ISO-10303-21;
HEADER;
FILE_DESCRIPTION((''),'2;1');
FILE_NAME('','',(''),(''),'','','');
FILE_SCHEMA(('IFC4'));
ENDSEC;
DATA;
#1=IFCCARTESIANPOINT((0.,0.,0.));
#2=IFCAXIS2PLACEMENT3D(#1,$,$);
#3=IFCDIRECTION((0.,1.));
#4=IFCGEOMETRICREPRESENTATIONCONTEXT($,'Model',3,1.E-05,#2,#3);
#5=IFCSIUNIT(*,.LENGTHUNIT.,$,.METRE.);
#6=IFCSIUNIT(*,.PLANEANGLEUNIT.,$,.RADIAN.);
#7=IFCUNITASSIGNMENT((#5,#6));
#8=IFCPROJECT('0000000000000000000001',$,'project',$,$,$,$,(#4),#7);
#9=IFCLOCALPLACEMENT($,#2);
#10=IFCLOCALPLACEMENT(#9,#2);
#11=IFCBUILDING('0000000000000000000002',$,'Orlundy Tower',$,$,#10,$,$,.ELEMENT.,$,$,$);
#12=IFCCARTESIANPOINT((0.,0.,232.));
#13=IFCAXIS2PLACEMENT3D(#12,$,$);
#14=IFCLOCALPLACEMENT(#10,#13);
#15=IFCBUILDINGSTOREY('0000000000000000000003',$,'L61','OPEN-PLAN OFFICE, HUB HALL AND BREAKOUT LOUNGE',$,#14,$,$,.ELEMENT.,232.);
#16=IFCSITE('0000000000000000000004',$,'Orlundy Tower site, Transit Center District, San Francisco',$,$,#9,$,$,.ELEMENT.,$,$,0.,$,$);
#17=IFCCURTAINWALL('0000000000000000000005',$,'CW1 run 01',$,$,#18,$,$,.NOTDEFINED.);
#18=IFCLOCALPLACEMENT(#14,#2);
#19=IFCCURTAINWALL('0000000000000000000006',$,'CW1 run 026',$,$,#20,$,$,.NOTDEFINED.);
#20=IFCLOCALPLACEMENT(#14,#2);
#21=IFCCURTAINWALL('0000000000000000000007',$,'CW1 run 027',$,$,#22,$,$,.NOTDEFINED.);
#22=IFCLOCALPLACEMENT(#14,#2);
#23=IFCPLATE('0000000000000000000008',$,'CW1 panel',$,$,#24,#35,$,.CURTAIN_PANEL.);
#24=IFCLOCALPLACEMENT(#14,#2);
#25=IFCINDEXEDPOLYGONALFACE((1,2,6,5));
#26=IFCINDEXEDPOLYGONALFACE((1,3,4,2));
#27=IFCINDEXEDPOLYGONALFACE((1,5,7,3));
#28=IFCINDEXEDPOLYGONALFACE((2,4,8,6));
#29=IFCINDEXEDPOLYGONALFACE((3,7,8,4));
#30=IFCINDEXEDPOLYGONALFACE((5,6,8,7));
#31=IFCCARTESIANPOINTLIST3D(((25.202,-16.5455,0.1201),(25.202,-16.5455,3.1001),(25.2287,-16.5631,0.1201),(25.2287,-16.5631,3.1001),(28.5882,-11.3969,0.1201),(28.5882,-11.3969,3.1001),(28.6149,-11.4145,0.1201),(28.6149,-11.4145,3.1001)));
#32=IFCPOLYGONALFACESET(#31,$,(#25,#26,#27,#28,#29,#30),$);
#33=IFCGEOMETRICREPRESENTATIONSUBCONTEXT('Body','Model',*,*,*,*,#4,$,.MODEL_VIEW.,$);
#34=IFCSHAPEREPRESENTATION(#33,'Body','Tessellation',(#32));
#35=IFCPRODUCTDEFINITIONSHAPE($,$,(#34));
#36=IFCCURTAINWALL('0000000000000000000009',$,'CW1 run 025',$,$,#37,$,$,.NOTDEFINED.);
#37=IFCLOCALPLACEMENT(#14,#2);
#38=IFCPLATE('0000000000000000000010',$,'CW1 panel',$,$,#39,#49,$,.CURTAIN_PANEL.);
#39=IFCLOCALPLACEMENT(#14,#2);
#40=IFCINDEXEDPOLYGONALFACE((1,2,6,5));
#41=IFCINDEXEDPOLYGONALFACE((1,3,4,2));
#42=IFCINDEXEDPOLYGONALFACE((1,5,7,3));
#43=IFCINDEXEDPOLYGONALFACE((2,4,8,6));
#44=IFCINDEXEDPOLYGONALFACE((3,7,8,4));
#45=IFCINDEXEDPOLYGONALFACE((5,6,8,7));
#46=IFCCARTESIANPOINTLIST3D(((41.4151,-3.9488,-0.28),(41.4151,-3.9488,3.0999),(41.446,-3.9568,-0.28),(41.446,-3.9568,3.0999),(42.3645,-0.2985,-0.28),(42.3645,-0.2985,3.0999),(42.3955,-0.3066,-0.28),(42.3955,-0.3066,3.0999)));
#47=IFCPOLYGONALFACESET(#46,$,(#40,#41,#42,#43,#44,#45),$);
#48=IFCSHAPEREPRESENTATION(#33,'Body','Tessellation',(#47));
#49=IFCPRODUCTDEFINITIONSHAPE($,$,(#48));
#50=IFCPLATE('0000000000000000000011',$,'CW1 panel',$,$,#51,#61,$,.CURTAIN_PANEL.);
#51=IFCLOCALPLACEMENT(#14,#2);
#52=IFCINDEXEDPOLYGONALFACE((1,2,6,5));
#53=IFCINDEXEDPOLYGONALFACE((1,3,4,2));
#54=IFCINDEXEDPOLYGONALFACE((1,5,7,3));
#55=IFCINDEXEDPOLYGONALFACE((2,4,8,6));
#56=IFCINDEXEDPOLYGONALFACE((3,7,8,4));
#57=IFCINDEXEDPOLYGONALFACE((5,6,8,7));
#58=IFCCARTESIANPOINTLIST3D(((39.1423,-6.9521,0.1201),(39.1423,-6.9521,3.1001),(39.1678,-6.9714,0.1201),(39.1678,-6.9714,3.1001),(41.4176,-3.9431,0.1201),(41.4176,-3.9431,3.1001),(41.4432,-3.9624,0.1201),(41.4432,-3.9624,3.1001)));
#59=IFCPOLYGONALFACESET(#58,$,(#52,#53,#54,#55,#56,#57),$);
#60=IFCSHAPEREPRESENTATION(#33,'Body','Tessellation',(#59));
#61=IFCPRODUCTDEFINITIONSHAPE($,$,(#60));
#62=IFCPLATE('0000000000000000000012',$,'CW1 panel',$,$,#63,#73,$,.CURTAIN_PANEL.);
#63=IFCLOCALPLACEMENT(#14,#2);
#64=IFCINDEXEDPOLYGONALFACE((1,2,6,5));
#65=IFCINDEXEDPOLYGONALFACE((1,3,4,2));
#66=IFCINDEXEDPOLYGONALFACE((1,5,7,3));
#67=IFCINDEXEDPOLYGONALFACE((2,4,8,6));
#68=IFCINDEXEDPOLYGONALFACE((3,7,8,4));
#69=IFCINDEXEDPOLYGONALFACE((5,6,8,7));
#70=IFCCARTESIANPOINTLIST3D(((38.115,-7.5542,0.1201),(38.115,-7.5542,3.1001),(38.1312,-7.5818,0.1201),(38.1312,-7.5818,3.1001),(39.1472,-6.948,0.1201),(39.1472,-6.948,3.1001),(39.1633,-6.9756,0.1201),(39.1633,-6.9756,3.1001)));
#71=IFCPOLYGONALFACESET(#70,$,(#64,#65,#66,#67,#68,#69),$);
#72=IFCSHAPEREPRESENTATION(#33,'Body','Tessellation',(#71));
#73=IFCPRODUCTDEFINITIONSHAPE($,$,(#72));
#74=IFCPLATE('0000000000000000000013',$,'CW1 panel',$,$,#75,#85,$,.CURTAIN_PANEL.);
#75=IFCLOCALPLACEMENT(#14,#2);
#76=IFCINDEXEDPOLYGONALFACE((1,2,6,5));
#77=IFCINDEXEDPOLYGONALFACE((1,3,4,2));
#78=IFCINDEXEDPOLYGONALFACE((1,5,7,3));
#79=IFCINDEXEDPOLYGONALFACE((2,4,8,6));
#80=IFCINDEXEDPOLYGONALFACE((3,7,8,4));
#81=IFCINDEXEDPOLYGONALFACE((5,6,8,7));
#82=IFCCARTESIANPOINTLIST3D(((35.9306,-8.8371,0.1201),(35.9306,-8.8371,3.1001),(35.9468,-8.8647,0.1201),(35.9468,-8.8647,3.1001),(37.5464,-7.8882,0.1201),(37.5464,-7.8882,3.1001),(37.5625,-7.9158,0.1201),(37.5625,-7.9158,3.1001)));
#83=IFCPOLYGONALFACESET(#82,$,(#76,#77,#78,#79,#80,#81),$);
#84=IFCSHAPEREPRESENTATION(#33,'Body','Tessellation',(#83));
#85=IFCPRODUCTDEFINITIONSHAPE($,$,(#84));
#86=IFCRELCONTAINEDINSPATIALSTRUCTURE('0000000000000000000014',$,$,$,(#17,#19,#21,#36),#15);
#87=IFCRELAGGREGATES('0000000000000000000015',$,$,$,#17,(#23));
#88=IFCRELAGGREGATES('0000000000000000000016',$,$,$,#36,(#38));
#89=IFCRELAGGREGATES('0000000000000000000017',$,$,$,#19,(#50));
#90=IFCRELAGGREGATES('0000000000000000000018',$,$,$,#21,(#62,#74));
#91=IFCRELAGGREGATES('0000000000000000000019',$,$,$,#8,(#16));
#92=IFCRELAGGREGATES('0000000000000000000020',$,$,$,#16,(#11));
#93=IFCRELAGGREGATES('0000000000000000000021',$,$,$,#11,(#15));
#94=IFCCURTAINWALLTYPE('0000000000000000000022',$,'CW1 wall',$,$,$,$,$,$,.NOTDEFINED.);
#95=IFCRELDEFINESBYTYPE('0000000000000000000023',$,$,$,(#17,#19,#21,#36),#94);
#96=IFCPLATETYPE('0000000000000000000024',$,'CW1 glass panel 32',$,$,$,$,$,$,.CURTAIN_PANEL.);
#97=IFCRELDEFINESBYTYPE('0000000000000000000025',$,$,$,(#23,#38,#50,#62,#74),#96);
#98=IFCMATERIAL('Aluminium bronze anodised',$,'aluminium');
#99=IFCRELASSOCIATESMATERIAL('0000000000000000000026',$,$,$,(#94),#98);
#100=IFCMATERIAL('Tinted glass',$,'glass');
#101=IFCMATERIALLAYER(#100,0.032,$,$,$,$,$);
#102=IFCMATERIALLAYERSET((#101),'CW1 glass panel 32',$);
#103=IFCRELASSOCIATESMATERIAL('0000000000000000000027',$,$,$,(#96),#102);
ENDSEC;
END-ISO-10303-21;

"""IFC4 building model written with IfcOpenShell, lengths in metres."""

from ifc_helpers import new_model, si_unit, direction, frame, origin, origin_2d, place, context, subcontext, project, spatial, rectangle, extrude, material, layer, layer_set, type_object, element, aggregate, save


model = new_model("IFC4")

# Units and contexts
model_context = context("Model", 3, precision=1e-05, world=origin(), true_north=direction((0.0, 1.0)))
body_context = subcontext(model_context, "Body", "Model", "MODEL_VIEW")
ifc_project = project(units=[si_unit("LENGTHUNIT", "METRE"), si_unit("PLANEANGLEUNIT", "RADIAN")], contexts=[model_context])

# Site, building, storey
site_placement = place(None, origin())
site = spatial("IfcSite", under=ifc_project, at=site_placement, Name="Orlundy Tower site, Transit Center District, San Francisco", CompositionType="ELEMENT", RefElevation=0.0)
building_placement = place(site_placement, origin())
building = spatial("IfcBuilding", under=site, at=building_placement, Name="Orlundy Tower", CompositionType="ELEMENT")
storey_placement = place(building_placement, frame((0.0, 0.0, 232.0)))
storey = spatial("IfcBuildingStorey", under=building, at=storey_placement, Name="L61", Description="OPEN-PLAN OFFICE, HUB HALL AND BREAKOUT LOUNGE", CompositionType="ELEMENT", Elevation=232.0)

# Curtain walls
ifc_material_1 = material(Name="Aluminium bronze anodised", Category="aluminium")
curtain_wall_type = type_object("IfcCurtainWallType", Name="CW1 wall", PredefinedType="NOTDEFINED", material=ifc_material_1)
curtain_wall_1_placement = place(storey_placement, origin())
curtain_wall_1 = element("IfcCurtainWall", 1, at=curtain_wall_1_placement, inside=storey, type_object=curtain_wall_type, Name="CW1 run 01", PredefinedType="NOTDEFINED")
curtain_wall_2_placement = place(storey_placement, origin())
curtain_wall_2 = element("IfcCurtainWall", 2, at=curtain_wall_2_placement, inside=storey, type_object=curtain_wall_type, Name="CW1 run 026", PredefinedType="NOTDEFINED")
curtain_wall_3_placement = place(storey_placement, origin())
curtain_wall_3 = element("IfcCurtainWall", 3, at=curtain_wall_3_placement, inside=storey, type_object=curtain_wall_type, Name="CW1 run 027", PredefinedType="NOTDEFINED")

# Plate
ifc_material_2 = material(Name="Tinted glass", Category="glass")
ifc_layer_1 = layer(ifc_material_2, 0.032)
ifc_layer_set_1 = layer_set([ifc_layer_1], Name="CW1 glass panel 32")
plate_type = type_object("IfcPlateType", Name="CW1 glass panel 32", PredefinedType="CURTAIN_PANEL", material=ifc_layer_set_1)
plate_1_placement = place(storey_placement, frame((26.9084, -13.98, 0.1201), z_axis=(0.0, 0.0, 1.0), x_axis=(-0.549496, -0.835496, 0.0)))
plate_1 = element("IfcPlate", 4, at=plate_1_placement, type_object=plate_type, Name="CW1 panel", PredefinedType="CURTAIN_PANEL", context=body_context, shape_type="SweptSolid", body=[
    extrude(rectangle(XDim=6.1624, YDim=0.032, at=origin_2d()), origin(), (0.0, 0.0, 1.0), 2.98),
])
aggregate(curtain_wall_1, [plate_1])

# Curtain wall, plate
curtain_wall_4_placement = place(storey_placement, origin())
curtain_wall_4 = element("IfcCurtainWall", 5, at=curtain_wall_4_placement, inside=storey, type_object=curtain_wall_type, Name="CW1 run 025", PredefinedType="NOTDEFINED")
plate_2_placement = place(storey_placement, frame((41.9053, -2.1277, -0.28), z_axis=(0.0, 0.0, 1.0), x_axis=(-0.25173, -0.967798, 0.0)))
plate_2 = element("IfcPlate", 6, at=plate_2_placement, type_object=plate_type, Name="CW1 panel", PredefinedType="CURTAIN_PANEL", context=body_context, shape_type="SweptSolid", body=[
    extrude(rectangle(XDim=3.7717, YDim=0.032, at=origin_2d()), origin(), (0.0, 0.0, 1.0), 3.3799),
])
aggregate(curtain_wall_4, [plate_2])

# Plates
plate_3_placement = place(storey_placement, frame((40.2927, -5.4573, 0.1201), z_axis=(0.0, 0.0, 1.0), x_axis=(-0.603146, -0.797631, 0.0)))
plate_3 = element("IfcPlate", 7, at=plate_3_placement, type_object=plate_type, Name="CW1 panel", PredefinedType="CURTAIN_PANEL", context=body_context, shape_type="SweptSolid", body=[
    extrude(rectangle(XDim=3.7725, YDim=0.032, at=origin_2d()), origin(), (0.0, 0.0, 1.0), 2.98),
])
aggregate(curtain_wall_2, [plate_3])
plate_4_placement = place(storey_placement, frame((38.6392, -7.2649, 0.1201), z_axis=(0.0, 0.0, 1.0), x_axis=(-0.862288, -0.506419, 0.0)))
plate_4 = element("IfcPlate", 8, at=plate_4_placement, type_object=plate_type, Name="CW1 panel", PredefinedType="CURTAIN_PANEL", context=body_context, shape_type="SweptSolid", body=[
    extrude(rectangle(XDim=1.197, YDim=0.032, at=origin_2d()), origin(), (0.0, 0.0, 1.0), 2.98),
])
plate_5_placement = place(storey_placement, frame((36.7466, -8.3765, 0.1201), z_axis=(0.0, 0.0, 1.0), x_axis=(-0.862288, -0.506419, 0.0)))
plate_5 = element("IfcPlate", 9, at=plate_5_placement, type_object=plate_type, Name="CW1 panel", PredefinedType="CURTAIN_PANEL", context=body_context, shape_type="SweptSolid", body=[
    extrude(rectangle(XDim=1.8738, YDim=0.032, at=origin_2d()), origin(), (0.0, 0.0, 1.0), 2.98),
])
aggregate(curtain_wall_3, [plate_4, plate_5])

save(model, "model.ifc")
